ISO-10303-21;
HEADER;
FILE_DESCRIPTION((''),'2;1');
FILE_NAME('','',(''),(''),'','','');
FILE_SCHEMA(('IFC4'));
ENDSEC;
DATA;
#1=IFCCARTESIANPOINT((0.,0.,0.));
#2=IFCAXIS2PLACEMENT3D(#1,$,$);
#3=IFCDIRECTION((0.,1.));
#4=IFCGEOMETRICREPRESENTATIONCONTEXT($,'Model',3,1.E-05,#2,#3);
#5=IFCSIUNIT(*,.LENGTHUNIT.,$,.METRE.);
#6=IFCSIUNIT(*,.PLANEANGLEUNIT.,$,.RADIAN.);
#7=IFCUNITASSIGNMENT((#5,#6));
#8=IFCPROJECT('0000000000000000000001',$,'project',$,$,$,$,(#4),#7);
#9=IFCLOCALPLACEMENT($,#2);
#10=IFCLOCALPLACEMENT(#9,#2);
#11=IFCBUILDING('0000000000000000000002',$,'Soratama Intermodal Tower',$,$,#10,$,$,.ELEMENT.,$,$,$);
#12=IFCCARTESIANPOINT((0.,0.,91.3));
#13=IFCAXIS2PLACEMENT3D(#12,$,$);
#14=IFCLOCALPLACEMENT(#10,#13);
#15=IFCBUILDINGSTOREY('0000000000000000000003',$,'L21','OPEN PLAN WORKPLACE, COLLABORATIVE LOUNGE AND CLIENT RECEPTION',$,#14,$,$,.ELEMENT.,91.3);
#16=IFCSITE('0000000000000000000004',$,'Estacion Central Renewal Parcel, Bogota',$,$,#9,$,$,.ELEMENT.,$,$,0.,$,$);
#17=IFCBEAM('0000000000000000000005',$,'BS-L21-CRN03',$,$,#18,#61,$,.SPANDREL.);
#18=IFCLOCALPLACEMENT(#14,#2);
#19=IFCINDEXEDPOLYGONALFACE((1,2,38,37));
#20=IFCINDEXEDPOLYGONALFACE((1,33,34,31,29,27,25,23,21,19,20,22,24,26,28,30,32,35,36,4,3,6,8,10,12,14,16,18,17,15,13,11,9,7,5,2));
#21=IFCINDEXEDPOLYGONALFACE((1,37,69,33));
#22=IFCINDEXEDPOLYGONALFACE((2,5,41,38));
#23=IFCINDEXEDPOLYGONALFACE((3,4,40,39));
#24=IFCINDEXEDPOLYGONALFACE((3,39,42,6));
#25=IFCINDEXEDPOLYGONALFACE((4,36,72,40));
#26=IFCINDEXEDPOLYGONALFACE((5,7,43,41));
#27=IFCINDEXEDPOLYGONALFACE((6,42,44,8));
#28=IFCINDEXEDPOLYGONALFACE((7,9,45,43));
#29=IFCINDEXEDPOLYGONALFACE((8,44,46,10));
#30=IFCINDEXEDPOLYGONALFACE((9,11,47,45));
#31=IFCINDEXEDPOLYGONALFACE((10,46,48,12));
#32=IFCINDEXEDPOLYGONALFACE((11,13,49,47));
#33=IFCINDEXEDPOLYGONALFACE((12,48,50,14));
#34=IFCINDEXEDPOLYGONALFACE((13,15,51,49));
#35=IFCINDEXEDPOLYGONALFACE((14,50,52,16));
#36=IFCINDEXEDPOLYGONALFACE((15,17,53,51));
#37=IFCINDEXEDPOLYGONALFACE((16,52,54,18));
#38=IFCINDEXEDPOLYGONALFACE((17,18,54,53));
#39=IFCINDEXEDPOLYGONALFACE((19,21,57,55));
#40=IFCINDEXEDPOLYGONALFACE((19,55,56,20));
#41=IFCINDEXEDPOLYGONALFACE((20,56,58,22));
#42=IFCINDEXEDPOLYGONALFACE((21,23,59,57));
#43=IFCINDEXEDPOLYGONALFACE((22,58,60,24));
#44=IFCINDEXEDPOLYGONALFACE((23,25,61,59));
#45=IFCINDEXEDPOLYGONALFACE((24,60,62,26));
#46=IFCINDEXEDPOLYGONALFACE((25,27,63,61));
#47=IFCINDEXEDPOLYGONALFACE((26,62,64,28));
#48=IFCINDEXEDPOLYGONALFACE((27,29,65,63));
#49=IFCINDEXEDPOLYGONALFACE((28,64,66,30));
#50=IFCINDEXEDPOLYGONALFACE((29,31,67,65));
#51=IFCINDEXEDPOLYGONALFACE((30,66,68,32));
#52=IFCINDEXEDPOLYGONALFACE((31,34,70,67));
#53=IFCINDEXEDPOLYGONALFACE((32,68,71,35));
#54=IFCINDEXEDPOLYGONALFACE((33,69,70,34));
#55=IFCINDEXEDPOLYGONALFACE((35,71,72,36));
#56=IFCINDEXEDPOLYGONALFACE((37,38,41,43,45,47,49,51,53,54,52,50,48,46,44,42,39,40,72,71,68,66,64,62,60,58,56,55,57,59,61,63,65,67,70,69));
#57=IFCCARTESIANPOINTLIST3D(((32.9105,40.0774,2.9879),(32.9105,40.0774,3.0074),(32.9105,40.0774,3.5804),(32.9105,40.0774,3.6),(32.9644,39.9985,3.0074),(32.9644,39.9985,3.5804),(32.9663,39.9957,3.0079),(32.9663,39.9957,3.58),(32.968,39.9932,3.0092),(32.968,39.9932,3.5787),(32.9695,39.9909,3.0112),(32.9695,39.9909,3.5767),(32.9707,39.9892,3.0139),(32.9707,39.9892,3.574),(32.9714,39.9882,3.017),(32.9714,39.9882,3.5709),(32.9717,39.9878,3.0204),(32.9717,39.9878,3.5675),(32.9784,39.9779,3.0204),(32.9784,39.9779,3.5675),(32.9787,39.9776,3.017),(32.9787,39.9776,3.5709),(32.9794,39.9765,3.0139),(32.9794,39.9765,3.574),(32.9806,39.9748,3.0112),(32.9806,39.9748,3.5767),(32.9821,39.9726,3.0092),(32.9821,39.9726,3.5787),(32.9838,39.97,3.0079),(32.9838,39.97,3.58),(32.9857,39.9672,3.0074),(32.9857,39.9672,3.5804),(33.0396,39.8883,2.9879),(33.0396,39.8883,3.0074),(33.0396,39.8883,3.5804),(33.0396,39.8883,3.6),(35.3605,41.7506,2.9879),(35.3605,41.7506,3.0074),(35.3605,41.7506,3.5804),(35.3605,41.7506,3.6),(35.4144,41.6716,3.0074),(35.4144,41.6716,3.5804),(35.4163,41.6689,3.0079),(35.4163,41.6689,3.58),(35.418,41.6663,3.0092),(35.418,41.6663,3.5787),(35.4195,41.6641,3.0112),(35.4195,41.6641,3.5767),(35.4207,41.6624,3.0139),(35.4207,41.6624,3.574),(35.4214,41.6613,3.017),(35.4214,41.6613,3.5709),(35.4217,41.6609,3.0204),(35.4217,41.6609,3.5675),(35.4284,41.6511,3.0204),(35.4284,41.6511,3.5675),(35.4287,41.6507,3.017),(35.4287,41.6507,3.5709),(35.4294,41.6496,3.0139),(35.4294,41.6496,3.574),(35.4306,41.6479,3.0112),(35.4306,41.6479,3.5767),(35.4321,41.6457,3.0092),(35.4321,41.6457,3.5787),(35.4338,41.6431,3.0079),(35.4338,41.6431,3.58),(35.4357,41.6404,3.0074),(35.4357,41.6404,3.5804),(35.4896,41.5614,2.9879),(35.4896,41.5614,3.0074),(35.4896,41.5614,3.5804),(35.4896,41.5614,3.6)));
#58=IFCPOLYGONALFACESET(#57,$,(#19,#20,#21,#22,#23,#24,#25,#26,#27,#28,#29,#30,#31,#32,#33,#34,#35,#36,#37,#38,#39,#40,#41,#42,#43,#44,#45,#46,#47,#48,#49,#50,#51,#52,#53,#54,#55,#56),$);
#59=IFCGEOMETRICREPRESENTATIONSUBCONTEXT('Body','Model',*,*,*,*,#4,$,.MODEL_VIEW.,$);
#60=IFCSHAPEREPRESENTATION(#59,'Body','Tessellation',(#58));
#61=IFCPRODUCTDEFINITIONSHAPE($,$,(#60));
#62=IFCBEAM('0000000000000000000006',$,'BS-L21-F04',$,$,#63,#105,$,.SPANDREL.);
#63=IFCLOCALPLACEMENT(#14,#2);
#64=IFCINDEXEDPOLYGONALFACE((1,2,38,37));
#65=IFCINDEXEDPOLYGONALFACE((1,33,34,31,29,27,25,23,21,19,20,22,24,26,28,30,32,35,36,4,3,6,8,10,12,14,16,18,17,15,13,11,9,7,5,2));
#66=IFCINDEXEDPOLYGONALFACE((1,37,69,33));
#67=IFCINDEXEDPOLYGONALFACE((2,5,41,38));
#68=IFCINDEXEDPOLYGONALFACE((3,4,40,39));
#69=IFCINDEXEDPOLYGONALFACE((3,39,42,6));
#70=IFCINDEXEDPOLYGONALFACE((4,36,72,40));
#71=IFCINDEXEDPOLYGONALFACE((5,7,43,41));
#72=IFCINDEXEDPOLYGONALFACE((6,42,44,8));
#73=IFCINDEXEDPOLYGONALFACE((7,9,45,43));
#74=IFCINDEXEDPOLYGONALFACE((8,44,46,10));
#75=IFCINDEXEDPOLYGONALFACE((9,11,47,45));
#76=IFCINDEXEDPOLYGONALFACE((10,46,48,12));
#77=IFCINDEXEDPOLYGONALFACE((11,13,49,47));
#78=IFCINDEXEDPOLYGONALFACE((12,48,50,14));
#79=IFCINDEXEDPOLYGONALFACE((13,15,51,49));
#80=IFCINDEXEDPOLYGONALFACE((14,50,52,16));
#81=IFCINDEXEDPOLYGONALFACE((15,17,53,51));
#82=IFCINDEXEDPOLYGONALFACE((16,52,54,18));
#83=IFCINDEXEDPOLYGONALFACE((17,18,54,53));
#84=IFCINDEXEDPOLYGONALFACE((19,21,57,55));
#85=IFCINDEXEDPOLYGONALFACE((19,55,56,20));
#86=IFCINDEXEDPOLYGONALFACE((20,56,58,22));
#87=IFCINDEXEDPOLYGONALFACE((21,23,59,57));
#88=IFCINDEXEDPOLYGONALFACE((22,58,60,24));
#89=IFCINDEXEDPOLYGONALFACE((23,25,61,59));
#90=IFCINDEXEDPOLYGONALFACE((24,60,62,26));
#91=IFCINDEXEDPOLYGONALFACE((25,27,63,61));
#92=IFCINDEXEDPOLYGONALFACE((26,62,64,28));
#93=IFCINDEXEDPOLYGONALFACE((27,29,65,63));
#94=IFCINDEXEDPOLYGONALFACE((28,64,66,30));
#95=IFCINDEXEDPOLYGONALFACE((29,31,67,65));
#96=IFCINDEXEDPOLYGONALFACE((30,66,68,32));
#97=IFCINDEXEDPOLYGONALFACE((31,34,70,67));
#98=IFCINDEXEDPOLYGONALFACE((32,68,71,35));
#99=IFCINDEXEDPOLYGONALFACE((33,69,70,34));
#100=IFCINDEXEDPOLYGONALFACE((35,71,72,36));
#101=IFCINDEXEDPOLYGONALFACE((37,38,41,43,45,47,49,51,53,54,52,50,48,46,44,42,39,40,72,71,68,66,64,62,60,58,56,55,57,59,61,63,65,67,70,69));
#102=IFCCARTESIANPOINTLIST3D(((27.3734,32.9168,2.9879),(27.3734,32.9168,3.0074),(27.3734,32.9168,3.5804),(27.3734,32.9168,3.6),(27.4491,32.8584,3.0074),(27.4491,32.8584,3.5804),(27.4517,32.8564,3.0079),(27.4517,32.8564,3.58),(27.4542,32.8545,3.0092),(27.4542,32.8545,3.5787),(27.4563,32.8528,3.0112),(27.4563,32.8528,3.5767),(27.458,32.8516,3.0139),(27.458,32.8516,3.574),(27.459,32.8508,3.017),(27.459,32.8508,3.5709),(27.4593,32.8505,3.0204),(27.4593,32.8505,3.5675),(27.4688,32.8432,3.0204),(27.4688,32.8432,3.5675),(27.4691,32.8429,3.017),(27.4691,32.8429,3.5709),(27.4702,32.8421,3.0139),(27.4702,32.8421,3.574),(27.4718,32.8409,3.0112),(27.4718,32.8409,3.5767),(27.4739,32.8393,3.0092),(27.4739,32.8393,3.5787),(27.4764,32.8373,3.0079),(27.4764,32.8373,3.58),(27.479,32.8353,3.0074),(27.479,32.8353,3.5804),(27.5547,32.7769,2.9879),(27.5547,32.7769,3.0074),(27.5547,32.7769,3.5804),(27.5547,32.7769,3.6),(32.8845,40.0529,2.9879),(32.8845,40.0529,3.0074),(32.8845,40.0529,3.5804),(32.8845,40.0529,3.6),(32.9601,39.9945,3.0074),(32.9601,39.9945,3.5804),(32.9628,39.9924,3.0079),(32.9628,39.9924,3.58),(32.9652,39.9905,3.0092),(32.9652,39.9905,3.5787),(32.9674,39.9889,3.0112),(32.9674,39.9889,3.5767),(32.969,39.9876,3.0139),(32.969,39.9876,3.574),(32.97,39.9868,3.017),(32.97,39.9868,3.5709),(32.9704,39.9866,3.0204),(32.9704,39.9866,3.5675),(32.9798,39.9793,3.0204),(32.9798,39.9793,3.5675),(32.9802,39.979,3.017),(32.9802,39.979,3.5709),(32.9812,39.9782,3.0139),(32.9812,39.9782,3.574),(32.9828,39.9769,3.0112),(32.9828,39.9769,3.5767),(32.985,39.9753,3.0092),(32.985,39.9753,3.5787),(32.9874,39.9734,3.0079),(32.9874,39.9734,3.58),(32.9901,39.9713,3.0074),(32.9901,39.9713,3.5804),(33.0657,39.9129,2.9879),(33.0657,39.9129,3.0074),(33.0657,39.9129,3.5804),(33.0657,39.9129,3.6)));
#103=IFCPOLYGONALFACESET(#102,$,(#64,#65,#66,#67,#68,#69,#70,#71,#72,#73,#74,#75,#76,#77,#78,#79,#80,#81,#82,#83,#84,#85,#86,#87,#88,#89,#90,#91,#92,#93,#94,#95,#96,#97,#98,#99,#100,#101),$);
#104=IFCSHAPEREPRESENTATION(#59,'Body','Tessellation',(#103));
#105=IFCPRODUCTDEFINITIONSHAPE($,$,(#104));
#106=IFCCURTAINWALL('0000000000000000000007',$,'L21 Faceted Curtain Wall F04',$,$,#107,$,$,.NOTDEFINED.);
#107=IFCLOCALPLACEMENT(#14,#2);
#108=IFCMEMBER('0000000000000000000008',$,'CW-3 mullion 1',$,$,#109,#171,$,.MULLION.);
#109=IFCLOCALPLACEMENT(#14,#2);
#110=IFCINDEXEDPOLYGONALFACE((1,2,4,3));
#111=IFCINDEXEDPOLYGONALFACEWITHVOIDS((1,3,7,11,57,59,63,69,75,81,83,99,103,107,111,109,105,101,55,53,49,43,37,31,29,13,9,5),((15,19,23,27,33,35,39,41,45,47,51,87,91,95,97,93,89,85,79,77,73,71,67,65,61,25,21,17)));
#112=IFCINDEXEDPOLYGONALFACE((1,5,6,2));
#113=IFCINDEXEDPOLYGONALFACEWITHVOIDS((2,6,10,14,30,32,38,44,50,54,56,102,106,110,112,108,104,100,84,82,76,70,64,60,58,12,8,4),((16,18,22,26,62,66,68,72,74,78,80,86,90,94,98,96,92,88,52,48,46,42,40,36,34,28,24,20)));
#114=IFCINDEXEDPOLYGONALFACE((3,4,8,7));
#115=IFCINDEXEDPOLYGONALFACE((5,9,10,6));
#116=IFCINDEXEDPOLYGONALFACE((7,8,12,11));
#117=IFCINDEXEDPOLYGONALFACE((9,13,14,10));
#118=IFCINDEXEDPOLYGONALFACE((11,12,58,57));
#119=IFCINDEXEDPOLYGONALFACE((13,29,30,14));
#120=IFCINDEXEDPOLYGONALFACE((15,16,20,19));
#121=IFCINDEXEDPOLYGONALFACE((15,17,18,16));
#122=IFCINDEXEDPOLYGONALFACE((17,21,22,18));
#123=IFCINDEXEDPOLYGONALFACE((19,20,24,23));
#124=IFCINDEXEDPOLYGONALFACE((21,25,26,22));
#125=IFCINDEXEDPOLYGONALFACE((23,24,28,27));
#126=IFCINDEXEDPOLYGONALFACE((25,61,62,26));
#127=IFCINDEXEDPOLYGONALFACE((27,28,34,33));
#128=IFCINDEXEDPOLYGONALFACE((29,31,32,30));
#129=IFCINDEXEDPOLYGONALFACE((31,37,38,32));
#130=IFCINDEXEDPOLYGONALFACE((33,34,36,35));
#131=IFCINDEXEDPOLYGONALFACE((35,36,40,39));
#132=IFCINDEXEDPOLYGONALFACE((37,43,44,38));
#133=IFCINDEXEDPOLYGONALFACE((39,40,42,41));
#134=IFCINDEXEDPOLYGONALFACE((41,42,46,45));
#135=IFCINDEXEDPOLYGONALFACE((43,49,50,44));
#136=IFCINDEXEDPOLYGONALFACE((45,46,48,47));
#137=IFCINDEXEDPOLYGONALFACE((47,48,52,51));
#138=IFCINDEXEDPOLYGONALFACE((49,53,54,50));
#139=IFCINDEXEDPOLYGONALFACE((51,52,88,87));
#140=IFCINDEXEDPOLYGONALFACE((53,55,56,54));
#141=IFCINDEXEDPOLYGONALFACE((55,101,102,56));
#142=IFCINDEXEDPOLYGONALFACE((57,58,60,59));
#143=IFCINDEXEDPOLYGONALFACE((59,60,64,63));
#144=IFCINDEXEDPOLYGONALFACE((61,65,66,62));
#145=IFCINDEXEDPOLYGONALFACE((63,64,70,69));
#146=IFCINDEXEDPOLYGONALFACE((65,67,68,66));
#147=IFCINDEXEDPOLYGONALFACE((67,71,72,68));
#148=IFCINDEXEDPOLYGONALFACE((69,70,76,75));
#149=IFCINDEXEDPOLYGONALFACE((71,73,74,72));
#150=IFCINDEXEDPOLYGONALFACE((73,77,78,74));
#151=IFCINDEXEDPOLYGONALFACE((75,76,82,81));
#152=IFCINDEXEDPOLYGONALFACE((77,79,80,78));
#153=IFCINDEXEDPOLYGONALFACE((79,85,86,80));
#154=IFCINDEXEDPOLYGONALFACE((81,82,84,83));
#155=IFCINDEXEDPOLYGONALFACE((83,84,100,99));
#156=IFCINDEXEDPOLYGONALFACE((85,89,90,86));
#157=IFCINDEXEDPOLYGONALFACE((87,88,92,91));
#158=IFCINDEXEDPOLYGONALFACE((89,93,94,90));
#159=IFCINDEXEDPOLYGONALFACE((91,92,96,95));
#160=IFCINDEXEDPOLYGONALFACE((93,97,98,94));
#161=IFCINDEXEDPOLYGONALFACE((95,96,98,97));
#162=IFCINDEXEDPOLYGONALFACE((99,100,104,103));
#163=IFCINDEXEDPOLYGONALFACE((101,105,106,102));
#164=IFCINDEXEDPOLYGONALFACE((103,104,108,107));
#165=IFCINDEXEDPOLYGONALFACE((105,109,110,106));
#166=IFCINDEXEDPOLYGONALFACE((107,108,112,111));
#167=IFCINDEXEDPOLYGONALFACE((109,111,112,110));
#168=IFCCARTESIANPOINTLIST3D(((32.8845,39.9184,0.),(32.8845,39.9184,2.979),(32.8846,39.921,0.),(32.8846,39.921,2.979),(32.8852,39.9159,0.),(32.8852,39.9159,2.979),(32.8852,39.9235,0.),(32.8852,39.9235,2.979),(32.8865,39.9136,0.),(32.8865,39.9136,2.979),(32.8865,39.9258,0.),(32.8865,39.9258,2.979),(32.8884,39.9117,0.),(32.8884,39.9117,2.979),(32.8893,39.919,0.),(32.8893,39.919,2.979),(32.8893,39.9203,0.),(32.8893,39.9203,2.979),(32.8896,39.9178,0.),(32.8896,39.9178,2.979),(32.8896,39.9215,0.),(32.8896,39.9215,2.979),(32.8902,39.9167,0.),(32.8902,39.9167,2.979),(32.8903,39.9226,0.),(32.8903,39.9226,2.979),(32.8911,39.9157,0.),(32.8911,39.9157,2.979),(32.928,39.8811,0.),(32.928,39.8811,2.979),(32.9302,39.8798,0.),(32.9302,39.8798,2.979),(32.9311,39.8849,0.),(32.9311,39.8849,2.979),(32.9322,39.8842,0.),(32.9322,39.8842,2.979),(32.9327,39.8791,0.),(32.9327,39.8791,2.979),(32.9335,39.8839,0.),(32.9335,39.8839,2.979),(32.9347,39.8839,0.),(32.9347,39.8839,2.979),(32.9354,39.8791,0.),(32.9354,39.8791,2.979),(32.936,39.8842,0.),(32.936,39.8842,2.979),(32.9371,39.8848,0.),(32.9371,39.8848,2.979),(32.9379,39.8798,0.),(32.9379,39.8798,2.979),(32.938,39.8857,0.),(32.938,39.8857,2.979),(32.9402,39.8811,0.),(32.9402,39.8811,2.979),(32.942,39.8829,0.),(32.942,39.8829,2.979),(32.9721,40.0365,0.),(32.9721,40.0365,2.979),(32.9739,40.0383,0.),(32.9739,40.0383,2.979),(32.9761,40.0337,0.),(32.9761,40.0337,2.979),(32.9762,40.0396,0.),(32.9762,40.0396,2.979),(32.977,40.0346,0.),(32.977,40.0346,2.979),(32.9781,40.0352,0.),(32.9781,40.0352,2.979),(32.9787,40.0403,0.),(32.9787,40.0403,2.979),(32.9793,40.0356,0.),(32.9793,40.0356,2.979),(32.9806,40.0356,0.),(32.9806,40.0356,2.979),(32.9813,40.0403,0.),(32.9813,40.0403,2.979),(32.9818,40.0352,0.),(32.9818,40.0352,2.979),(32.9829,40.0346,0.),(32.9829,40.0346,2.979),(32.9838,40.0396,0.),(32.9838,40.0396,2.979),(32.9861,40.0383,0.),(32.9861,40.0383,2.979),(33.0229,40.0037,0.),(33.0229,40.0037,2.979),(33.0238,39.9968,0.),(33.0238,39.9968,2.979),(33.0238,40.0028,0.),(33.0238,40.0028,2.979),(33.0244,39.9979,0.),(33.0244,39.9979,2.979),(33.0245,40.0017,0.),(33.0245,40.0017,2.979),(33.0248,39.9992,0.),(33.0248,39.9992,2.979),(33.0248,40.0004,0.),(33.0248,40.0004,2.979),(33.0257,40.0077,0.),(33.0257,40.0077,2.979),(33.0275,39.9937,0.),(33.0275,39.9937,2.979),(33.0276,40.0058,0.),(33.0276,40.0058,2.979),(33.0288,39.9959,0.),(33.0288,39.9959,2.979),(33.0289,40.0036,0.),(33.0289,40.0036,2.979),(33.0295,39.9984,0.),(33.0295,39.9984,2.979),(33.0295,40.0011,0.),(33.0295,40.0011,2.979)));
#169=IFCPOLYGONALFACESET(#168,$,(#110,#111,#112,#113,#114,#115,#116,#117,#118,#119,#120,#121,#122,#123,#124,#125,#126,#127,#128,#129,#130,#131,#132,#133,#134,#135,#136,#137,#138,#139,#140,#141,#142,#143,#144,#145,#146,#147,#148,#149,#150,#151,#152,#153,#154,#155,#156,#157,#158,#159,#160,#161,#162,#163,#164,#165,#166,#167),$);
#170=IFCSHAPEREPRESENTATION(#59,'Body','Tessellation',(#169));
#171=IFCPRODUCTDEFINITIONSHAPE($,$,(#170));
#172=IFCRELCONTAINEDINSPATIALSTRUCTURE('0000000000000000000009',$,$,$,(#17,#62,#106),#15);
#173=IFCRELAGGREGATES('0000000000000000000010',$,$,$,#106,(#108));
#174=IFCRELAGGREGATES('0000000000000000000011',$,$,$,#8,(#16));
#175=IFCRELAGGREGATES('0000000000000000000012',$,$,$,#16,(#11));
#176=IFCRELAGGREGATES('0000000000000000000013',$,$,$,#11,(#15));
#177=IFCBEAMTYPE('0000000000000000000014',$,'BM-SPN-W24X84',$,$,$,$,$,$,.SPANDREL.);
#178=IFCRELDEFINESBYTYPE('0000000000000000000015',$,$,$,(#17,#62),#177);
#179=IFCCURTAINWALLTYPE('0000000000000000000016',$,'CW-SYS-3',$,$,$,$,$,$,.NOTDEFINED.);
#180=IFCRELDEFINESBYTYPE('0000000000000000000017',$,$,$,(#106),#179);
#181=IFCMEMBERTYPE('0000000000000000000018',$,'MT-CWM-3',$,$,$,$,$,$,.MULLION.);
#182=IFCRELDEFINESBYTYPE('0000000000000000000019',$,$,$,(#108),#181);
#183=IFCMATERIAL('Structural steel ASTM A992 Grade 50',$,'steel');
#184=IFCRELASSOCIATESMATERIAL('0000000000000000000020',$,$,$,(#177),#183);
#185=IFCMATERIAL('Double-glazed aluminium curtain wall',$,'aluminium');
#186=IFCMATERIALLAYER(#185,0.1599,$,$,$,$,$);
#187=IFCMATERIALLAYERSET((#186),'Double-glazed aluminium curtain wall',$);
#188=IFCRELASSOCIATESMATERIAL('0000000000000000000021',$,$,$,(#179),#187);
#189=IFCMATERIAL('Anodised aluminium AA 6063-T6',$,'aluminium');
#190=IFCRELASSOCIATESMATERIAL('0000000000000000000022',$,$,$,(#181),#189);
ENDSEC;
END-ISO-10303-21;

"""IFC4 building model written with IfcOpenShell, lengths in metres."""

from ifc_helpers import new_model, si_unit, direction, frame, origin, origin_2d, place, context, subcontext, project, spatial, hollow_rectangle, i_section, extrude, material, layer, layer_set, material_profile, profile_set, type_object, element, aggregate, save


model = new_model("IFC4")

# Units and contexts
model_context = context("Model", 3, precision=1e-05, world=origin(), true_north=direction((0.0, 1.0)))
body_context = subcontext(model_context, "Body", "Model", "MODEL_VIEW")
ifc_project = project(units=[si_unit("LENGTHUNIT", "METRE"), si_unit("PLANEANGLEUNIT", "RADIAN")], contexts=[model_context])

# Site, building, storey
site_placement = place(None, origin())
site = spatial("IfcSite", under=ifc_project, at=site_placement, Name="Estacion Central Renewal Parcel, Bogota", CompositionType="ELEMENT", RefElevation=0.0)
building_placement = place(site_placement, origin())
building = spatial("IfcBuilding", under=site, at=building_placement, Name="Soratama Intermodal Tower", CompositionType="ELEMENT")
storey_placement = place(building_placement, frame((0.0, 0.0, 91.3)))
storey = spatial("IfcBuildingStorey", under=building, at=storey_placement, Name="L21", Description="OPEN PLAN WORKPLACE, COLLABORATIVE LOUNGE AND CLIENT RECEPTION", CompositionType="ELEMENT", Elevation=91.3)

# Beams
ifc_material_1 = material(Name="Structural steel ASTM A992 Grade 50", Category="steel")
ifc_material_profile_1 = material_profile(ifc_material_1, i_section(OverallWidth=0.229, OverallDepth=0.6121, WebThickness=0.012, FlangeThickness=0.0195, FilletRadius=0.0129, at=origin_2d()), Name="W24X84")
ifc_profile_set_1 = profile_set([ifc_material_profile_1], Name="Structural steel ASTM A992 Grade 50")
beam_type_1 = type_object("IfcBeamType", Name="BM-SPN-W24X84", PredefinedType="SPANDREL", material=ifc_profile_set_1)
beam_1_placement = place(storey_placement, frame((35.425, 41.656, 3.2939), z_axis=(-0.825808, -0.563952, 0.0), x_axis=(0.563952, -0.825808, 0.0)))
element("IfcBeam", 1, at=beam_1_placement, inside=storey, type_object=beam_type_1, Name="BS-L21-CRN03", PredefinedType="SPANDREL", context=body_context, shape_type="SweptSolid", body=[
    extrude(i_section(OverallWidth=0.229, OverallDepth=0.6121, WebThickness=0.012, FlangeThickness=0.0195, FilletRadius=0.0129, at=origin_2d()), origin(), (0.0, 0.0, 1.0), 2.9668),
])
beam_2_placement = place(storey_placement, frame((32.9751, 39.9829, 3.2939), z_axis=(-0.611226, -0.791456, 0.0), x_axis=(0.791456, -0.611226, 0.0)))
element("IfcBeam", 2, at=beam_2_placement, inside=storey, type_object=beam_type_1, Name="BS-L21-F04", PredefinedType="SPANDREL", context=body_context, shape_type="SweptSolid", body=[
    extrude(i_section(OverallWidth=0.229, OverallDepth=0.6121, WebThickness=0.012, FlangeThickness=0.0195, FilletRadius=0.0129, at=origin_2d()), origin(), (0.0, 0.0, 1.0), 9.0164),
])

# Curtain wall, member
ifc_material_2 = material(Name="Double-glazed aluminium curtain wall", Category="aluminium")
ifc_layer_1 = layer(ifc_material_2, 0.1599)
ifc_layer_set_1 = layer_set([ifc_layer_1], Name="Double-glazed aluminium curtain wall")
curtain_wall_type = type_object("IfcCurtainWallType", Name="CW-SYS-3", PredefinedType="NOTDEFINED", material=ifc_layer_set_1)
curtain_wall_placement = place(storey_placement, origin())
curtain_wall = element("IfcCurtainWall", 3, at=curtain_wall_placement, inside=storey, type_object=curtain_wall_type, Name="L21 Faceted Curtain Wall F04", PredefinedType="NOTDEFINED")
ifc_material_3 = material(Name="Anodised aluminium AA 6063-T6", Category="aluminium")
ifc_material_profile_2 = material_profile(ifc_material_3, hollow_rectangle(XDim=0.0701, YDim=0.1599, WallThickness=0.0049, InnerFilletRadius=0.0049, OuterFilletRadius=0.01, at=origin_2d()), Name="CWM160X70X5")
ifc_profile_set_2 = profile_set([ifc_material_profile_2], Name="Anodised aluminium AA 6063-T6")
member_type_1 = type_object("IfcMemberType", Name="MT-CWM-3", PredefinedType="MULLION", material=ifc_profile_set_2)
member_1_placement = place(storey_placement, frame((32.957, 39.9597, 0.0), z_axis=(0.0, 0.0, 1.0), x_axis=(0.791437, -0.611251, 0.0)))
member_1 = element("IfcMember", 4, at=member_1_placement, type_object=member_type_1, Name="CW-3 mullion 1", PredefinedType="MULLION", context=body_context, shape_type="SweptSolid", body=[
    extrude(hollow_rectangle(XDim=0.0701, YDim=0.1599, WallThickness=0.0049, InnerFilletRadius=0.0049, OuterFilletRadius=0.01, at=origin_2d()), origin(), (0.0, 0.0, 1.0), 2.979),
])
aggregate(curtain_wall, [member_1])

save(model, "model.ifc")
